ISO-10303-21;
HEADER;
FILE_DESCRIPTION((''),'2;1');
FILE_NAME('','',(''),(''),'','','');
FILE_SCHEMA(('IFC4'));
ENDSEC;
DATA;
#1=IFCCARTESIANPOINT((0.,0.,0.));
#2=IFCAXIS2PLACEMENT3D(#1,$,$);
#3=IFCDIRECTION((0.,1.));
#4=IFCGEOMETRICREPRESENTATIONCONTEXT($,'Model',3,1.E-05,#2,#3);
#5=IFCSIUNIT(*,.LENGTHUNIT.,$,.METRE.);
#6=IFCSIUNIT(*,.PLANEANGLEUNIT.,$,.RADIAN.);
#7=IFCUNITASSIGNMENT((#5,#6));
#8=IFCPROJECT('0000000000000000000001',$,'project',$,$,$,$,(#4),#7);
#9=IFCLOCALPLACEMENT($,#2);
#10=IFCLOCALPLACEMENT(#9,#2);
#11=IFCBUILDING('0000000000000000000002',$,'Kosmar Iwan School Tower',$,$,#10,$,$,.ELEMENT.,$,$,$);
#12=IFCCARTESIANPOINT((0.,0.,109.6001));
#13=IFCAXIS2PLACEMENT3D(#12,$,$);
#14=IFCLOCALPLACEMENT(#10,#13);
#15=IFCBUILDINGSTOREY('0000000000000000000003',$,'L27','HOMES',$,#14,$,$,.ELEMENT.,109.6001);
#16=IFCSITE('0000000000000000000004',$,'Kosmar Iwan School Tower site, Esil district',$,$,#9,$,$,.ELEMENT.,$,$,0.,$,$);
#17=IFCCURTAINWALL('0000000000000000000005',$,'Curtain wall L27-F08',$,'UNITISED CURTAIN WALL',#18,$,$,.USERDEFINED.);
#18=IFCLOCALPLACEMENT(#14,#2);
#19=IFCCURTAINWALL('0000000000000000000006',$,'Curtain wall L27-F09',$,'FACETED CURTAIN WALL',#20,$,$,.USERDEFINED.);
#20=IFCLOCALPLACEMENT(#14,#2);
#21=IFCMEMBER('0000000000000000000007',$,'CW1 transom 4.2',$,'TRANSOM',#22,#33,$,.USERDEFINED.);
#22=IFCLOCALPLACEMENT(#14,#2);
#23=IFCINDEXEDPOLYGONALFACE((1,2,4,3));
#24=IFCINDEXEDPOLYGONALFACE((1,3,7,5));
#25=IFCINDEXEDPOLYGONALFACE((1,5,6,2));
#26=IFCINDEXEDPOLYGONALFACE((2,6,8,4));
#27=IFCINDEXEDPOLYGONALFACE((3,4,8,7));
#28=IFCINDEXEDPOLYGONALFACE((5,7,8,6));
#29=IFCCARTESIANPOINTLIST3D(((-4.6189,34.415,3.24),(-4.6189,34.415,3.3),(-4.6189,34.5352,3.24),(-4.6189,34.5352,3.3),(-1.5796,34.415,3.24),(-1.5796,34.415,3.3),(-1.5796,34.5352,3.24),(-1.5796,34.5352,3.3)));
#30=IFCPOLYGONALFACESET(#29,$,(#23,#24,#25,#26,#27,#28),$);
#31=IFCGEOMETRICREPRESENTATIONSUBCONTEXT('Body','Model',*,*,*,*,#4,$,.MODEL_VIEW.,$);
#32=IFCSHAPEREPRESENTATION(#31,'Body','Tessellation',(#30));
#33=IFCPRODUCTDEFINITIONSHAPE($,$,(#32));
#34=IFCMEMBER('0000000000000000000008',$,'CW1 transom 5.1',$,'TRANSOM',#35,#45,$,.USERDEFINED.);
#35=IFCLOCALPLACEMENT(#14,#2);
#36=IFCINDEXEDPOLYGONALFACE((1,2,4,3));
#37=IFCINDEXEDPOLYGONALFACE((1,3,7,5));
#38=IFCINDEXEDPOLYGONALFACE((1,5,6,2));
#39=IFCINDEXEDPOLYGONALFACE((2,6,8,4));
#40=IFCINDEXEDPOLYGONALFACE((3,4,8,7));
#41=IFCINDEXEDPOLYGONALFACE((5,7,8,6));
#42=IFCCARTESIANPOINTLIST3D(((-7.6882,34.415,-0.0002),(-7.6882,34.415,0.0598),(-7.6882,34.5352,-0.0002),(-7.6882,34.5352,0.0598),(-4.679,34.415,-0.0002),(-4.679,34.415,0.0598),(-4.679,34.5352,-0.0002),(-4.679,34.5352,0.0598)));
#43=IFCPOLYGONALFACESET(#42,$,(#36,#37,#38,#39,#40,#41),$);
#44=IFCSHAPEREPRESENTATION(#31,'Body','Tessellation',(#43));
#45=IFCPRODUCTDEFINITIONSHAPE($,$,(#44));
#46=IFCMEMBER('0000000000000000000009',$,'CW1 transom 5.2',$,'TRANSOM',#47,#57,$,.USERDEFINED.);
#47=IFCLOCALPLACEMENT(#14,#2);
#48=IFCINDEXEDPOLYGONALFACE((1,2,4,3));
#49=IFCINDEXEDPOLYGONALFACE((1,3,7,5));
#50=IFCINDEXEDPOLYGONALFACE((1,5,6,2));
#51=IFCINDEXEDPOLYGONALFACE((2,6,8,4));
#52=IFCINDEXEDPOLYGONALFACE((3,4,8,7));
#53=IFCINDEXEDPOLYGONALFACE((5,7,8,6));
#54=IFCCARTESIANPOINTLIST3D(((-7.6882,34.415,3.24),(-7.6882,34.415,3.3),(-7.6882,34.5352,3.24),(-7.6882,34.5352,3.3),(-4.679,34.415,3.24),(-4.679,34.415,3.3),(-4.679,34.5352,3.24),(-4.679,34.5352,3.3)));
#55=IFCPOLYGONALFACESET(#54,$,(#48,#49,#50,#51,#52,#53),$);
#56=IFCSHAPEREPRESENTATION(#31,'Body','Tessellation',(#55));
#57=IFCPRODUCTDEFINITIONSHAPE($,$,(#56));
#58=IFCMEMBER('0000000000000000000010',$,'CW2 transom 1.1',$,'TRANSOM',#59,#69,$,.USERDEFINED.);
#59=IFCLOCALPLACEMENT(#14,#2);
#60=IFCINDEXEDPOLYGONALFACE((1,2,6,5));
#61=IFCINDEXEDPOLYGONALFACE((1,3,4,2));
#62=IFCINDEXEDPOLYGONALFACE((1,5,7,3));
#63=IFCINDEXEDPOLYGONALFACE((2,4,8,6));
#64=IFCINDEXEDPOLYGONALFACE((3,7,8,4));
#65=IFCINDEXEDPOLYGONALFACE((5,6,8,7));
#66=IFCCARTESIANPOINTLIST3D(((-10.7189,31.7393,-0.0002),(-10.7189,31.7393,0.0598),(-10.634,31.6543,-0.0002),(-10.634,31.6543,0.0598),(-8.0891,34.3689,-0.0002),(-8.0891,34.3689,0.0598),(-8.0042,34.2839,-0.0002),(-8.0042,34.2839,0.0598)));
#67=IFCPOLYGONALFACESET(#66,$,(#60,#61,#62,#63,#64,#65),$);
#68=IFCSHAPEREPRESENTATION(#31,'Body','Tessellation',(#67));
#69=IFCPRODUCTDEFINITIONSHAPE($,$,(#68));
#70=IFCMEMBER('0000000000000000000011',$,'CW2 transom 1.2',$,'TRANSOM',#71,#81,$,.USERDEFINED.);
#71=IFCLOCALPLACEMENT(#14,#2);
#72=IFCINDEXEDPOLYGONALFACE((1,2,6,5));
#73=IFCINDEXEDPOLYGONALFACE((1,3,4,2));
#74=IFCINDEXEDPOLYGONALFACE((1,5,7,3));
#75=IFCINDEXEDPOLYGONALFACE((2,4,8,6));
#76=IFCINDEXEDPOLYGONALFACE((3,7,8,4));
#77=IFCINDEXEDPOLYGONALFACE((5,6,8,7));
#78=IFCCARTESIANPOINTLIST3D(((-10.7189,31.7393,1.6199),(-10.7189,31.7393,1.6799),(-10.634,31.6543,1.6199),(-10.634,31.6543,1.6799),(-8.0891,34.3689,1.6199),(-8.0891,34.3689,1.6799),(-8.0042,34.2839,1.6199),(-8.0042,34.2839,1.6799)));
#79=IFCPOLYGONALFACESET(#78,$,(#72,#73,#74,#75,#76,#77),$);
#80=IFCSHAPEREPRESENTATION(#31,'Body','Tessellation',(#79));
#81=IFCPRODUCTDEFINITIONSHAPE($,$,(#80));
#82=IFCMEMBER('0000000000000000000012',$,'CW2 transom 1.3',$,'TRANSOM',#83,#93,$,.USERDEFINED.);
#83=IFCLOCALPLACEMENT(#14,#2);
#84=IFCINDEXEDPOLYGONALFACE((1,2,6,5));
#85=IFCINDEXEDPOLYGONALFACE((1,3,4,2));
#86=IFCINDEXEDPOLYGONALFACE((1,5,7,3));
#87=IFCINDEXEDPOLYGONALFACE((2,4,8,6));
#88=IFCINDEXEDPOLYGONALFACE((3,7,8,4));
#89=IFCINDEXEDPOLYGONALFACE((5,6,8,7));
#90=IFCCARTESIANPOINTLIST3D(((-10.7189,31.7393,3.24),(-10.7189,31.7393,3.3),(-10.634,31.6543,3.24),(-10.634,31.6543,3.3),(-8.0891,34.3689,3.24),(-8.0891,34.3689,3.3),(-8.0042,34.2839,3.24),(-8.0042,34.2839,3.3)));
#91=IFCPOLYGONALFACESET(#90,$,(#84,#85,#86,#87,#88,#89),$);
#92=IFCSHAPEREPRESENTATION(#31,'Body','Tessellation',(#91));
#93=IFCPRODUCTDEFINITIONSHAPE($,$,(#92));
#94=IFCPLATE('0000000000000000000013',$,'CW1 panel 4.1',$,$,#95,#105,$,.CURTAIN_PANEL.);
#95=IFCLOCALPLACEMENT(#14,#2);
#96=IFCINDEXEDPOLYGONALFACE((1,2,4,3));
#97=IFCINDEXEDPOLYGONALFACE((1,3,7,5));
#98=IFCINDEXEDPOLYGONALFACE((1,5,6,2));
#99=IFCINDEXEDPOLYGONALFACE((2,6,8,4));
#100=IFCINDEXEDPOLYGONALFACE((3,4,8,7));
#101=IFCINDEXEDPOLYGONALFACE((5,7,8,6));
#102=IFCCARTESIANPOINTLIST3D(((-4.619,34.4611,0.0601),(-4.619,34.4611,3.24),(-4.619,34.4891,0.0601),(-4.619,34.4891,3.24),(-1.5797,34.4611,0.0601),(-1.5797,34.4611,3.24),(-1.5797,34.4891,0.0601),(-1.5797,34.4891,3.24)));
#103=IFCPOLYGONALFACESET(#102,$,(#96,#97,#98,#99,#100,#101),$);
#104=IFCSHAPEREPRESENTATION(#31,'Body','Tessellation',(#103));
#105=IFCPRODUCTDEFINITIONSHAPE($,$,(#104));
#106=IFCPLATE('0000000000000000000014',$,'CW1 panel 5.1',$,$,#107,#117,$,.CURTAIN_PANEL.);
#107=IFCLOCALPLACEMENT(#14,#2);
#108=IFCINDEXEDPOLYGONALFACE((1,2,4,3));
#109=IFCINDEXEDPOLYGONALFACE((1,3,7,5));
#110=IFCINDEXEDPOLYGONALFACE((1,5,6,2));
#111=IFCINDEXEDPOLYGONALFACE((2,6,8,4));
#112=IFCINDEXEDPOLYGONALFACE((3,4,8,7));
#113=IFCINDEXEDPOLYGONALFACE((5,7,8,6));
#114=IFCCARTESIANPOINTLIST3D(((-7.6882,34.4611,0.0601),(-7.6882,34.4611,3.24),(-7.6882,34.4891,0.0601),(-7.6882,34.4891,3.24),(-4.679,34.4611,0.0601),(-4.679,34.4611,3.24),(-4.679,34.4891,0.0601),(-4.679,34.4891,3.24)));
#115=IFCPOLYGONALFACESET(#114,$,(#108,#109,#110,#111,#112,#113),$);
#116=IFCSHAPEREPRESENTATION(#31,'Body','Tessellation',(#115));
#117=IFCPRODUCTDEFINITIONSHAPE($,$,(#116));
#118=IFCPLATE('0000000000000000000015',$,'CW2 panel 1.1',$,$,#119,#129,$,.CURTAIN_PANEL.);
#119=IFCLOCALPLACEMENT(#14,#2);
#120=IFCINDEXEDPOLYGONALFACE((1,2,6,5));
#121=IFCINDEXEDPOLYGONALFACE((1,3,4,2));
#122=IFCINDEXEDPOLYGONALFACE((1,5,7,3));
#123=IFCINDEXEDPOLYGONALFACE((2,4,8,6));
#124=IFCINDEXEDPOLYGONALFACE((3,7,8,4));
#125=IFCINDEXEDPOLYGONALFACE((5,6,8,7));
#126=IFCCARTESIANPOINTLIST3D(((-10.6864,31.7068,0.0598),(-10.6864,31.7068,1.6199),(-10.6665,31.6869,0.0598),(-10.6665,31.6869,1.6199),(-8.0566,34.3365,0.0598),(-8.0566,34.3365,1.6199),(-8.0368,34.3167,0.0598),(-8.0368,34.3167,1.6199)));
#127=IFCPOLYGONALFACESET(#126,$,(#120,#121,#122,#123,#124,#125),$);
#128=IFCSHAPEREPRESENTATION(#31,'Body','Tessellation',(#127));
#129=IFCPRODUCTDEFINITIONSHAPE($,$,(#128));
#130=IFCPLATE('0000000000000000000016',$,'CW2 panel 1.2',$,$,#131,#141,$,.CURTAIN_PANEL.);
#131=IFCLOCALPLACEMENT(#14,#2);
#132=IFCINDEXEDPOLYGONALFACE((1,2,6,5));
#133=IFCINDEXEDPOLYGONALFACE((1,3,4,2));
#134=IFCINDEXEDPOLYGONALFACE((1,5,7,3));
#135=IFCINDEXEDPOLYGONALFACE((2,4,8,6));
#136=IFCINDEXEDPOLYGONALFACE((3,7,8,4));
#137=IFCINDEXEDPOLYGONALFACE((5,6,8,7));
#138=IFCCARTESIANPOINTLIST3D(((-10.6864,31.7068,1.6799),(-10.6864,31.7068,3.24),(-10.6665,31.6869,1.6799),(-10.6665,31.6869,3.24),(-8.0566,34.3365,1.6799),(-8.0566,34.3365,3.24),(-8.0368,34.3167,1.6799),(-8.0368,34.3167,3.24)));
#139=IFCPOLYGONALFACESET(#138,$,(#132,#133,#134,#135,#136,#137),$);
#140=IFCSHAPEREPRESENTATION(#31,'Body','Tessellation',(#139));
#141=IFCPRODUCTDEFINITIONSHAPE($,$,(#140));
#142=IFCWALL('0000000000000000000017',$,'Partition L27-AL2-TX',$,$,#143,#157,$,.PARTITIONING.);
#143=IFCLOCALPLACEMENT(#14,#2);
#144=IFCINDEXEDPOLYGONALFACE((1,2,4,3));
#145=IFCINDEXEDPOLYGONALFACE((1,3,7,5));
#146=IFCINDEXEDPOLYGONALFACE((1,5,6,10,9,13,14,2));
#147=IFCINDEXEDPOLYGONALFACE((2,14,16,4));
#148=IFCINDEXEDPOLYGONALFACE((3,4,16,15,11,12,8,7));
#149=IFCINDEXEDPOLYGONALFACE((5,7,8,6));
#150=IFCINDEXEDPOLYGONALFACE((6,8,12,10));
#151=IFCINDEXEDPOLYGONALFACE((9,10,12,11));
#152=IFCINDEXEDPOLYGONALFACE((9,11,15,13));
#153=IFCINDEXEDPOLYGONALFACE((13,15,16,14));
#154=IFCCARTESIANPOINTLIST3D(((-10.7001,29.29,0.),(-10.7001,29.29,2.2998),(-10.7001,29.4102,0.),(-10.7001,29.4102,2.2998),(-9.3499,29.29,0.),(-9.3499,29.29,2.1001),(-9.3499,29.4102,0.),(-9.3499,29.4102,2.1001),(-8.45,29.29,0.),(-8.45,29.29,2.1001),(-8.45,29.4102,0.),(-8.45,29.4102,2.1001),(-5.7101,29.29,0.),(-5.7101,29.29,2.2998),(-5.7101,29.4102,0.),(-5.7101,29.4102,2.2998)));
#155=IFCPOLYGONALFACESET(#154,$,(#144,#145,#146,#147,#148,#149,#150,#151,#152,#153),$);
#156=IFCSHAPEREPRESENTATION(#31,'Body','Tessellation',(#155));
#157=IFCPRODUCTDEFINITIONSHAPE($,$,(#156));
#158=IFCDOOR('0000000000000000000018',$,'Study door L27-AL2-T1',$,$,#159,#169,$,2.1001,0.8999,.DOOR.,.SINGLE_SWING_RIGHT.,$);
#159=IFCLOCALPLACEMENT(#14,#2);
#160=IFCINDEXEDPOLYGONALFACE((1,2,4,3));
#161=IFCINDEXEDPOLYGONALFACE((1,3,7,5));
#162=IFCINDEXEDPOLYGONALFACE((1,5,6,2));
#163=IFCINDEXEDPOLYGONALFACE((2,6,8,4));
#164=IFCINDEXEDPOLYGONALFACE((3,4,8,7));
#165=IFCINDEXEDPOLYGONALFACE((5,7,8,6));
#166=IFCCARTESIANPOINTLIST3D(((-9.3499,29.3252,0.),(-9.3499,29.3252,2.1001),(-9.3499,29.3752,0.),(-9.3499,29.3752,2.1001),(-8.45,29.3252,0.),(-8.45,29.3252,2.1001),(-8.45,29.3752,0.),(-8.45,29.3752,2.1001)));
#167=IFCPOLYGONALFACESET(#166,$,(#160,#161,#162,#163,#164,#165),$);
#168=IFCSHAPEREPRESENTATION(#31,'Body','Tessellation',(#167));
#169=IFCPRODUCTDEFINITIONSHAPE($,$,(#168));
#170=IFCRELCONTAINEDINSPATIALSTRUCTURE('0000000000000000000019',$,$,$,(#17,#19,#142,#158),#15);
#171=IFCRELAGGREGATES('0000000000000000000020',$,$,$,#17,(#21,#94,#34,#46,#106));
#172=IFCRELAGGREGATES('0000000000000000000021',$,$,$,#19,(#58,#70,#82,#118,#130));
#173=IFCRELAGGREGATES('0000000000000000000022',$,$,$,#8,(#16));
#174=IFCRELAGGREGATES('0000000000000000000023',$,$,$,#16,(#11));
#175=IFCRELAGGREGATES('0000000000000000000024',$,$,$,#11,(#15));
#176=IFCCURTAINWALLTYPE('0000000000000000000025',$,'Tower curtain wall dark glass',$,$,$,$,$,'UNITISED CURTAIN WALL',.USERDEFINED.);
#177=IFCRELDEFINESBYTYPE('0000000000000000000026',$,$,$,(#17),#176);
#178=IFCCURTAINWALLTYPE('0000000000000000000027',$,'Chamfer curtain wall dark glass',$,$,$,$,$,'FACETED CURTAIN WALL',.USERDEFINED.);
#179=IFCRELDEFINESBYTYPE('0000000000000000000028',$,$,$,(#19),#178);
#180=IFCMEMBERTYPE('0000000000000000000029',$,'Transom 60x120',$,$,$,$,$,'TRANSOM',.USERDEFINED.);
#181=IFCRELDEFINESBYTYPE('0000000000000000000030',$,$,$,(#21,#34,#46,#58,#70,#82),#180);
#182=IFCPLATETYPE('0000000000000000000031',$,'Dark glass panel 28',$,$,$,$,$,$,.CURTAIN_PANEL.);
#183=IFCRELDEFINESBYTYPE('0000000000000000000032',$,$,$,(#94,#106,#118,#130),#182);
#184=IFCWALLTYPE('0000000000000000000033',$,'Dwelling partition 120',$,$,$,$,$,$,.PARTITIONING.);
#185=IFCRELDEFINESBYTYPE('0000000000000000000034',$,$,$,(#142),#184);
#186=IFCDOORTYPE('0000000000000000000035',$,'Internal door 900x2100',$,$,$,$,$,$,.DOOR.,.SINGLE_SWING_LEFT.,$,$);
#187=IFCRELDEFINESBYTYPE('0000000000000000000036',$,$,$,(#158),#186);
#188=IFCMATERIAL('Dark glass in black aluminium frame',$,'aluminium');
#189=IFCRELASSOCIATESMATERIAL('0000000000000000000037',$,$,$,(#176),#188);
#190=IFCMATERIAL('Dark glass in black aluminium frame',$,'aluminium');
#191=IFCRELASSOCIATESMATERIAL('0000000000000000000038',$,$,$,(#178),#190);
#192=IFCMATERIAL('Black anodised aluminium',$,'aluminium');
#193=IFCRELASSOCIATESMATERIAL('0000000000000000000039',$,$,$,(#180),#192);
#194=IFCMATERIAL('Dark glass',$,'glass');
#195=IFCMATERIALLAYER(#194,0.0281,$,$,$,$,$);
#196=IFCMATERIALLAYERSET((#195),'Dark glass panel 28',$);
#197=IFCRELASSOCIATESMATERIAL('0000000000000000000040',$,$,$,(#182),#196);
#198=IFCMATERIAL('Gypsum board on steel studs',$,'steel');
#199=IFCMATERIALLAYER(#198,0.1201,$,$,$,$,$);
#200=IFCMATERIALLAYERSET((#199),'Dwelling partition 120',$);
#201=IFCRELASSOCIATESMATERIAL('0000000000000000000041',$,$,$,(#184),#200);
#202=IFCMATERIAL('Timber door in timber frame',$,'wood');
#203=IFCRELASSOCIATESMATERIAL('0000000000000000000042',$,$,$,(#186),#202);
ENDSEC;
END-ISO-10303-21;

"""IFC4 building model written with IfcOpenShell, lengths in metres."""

from ifc_helpers import new_model, si_unit, direction, frame, frame_2d, origin, origin_2d, place, context, subcontext, project, spatial, rectangle, extrude, material, layer, layer_set, material_profile, profile_set, type_object, element, fill, aggregate, save


model = new_model("IFC4")

# Units and contexts
model_context = context("Model", 3, precision=1e-05, world=origin(), true_north=direction((0.0, 1.0)))
body_context = subcontext(model_context, "Body", "Model", "MODEL_VIEW")
ifc_project = project(units=[si_unit("LENGTHUNIT", "METRE"), si_unit("PLANEANGLEUNIT", "RADIAN")], contexts=[model_context])

# Site, building, storey
site_placement = place(None, origin())
site = spatial("IfcSite", under=ifc_project, at=site_placement, Name="Kosmar Iwan School Tower site, Esil district", CompositionType="ELEMENT", RefElevation=0.0)
building_placement = place(site_placement, origin())
building = spatial("IfcBuilding", under=site, at=building_placement, Name="Kosmar Iwan School Tower", CompositionType="ELEMENT")
storey_placement = place(building_placement, frame((0.0, 0.0, 109.6001)))
storey = spatial("IfcBuildingStorey", under=building, at=storey_placement, Name="L27", Description="HOMES", CompositionType="ELEMENT", Elevation=109.6001)

# Curtain walls
ifc_material_1 = material(Name="Dark glass in black aluminium frame", Category="aluminium")
curtain_wall_type_1 = type_object("IfcCurtainWallType", Name="Tower curtain wall dark glass", ElementType="UNITISED CURTAIN WALL", PredefinedType="USERDEFINED", material=ifc_material_1)
curtain_wall_1_placement = place(storey_placement, origin())
curtain_wall_1 = element("IfcCurtainWall", 1, at=curtain_wall_1_placement, inside=storey, type_object=curtain_wall_type_1, Name="Curtain wall L27-F08", ObjectType="UNITISED CURTAIN WALL", PredefinedType="USERDEFINED")
ifc_material_2 = material(Name="Dark glass in black aluminium frame", Category="aluminium")
curtain_wall_type_2 = type_object("IfcCurtainWallType", Name="Chamfer curtain wall dark glass", ElementType="FACETED CURTAIN WALL", PredefinedType="USERDEFINED", material=ifc_material_2)
curtain_wall_2_placement = place(storey_placement, origin())
curtain_wall_2 = element("IfcCurtainWall", 2, at=curtain_wall_2_placement, inside=storey, type_object=curtain_wall_type_2, Name="Curtain wall L27-F09", ObjectType="FACETED CURTAIN WALL", PredefinedType="USERDEFINED")

# Members
ifc_material_3 = material(Name="Black anodised aluminium", Category="aluminium")
ifc_material_profile_1 = material_profile(ifc_material_3, rectangle(XDim=0.1201, YDim=0.0601, at=origin_2d()), Name="TRANSOM 60x120")
ifc_profile_set_1 = profile_set([ifc_material_profile_1], Name="Black anodised aluminium")
member_type_1 = type_object("IfcMemberType", Name="Transom 60x120", ElementType="TRANSOM", PredefinedType="USERDEFINED", material=ifc_profile_set_1)
member_1_placement = place(storey_placement, frame((-1.5796, 34.4751, 3.27), z_axis=(-1.0, 0.0, 0.0), x_axis=(0.0, -1.0, 0.0)))
member_1 = element("IfcMember", 3, at=member_1_placement, type_object=member_type_1, Name="CW1 transom 4.2", ObjectType="TRANSOM", PredefinedType="USERDEFINED", context=body_context, shape_type="SweptSolid", body=[
    extrude(rectangle(XDim=0.1201, YDim=0.0601, at=origin_2d()), origin(), (0.0, 0.0, 1.0), 3.0393),
])
member_2_placement = place(storey_placement, frame((-4.679, 34.4751, 0.0298), z_axis=(-1.0, 0.0, 0.0), x_axis=(0.0, -1.0, 0.0)))
member_2 = element("IfcMember", 4, at=member_2_placement, type_object=member_type_1, Name="CW1 transom 5.1", ObjectType="TRANSOM", PredefinedType="USERDEFINED", context=body_context, shape_type="SweptSolid", body=[
    extrude(rectangle(XDim=0.1201, YDim=0.0601, at=origin_2d()), origin(), (0.0, 0.0, 1.0), 3.0093),
])
member_3_placement = place(storey_placement, frame((-4.679, 34.4751, 3.27), z_axis=(-1.0, 0.0, 0.0), x_axis=(0.0, -1.0, 0.0)))
member_3 = element("IfcMember", 5, at=member_3_placement, type_object=member_type_1, Name="CW1 transom 5.2", ObjectType="TRANSOM", PredefinedType="USERDEFINED", context=body_context, shape_type="SweptSolid", body=[
    extrude(rectangle(XDim=0.1201, YDim=0.0601, at=origin_2d()), origin(), (0.0, 0.0, 1.0), 3.0093),
])
member_4_placement = place(storey_placement, frame((-8.0466, 34.3264, 0.0298), z_axis=(-0.70714, -0.707074, 0.0), x_axis=(0.707074, -0.70714, 0.0)))
member_4 = element("IfcMember", 6, at=member_4_placement, type_object=member_type_1, Name="CW2 transom 1.1", ObjectType="TRANSOM", PredefinedType="USERDEFINED", context=body_context, shape_type="SweptSolid", body=[
    extrude(rectangle(XDim=0.1201, YDim=0.0601, at=origin_2d()), origin(), (0.0, 0.0, 1.0), 3.719),
])
member_5_placement = place(storey_placement, frame((-8.0466, 34.3264, 1.6499), z_axis=(-0.70714, -0.707074, 0.0), x_axis=(0.707074, -0.70714, 0.0)))
member_5 = element("IfcMember", 7, at=member_5_placement, type_object=member_type_1, Name="CW2 transom 1.2", ObjectType="TRANSOM", PredefinedType="USERDEFINED", context=body_context, shape_type="SweptSolid", body=[
    extrude(rectangle(XDim=0.1201, YDim=0.0601, at=origin_2d()), origin(), (0.0, 0.0, 1.0), 3.719),
])
member_6_placement = place(storey_placement, frame((-8.0466, 34.3264, 3.27), z_axis=(-0.70714, -0.707074, 0.0), x_axis=(0.707074, -0.70714, 0.0)))
member_6 = element("IfcMember", 8, at=member_6_placement, type_object=member_type_1, Name="CW2 transom 1.3", ObjectType="TRANSOM", PredefinedType="USERDEFINED", context=body_context, shape_type="SweptSolid", body=[
    extrude(rectangle(XDim=0.1201, YDim=0.0601, at=origin_2d()), origin(), (0.0, 0.0, 1.0), 3.719),
])

# Plates
ifc_material_4 = material(Name="Dark glass", Category="glass")
ifc_layer_1 = layer(ifc_material_4, 0.0281)
ifc_layer_set_1 = layer_set([ifc_layer_1], Name="Dark glass panel 28")
plate_type = type_object("IfcPlateType", Name="Dark glass panel 28", PredefinedType="CURTAIN_PANEL", material=ifc_layer_set_1)
plate_1_placement = place(storey_placement, frame((-3.0994, 34.4751, 0.0601), z_axis=(0.0, 0.0, 1.0), x_axis=(-1.0, 0.0, 0.0)))
plate_1 = element("IfcPlate", 9, at=plate_1_placement, type_object=plate_type, Name="CW1 panel 4.1", PredefinedType="CURTAIN_PANEL", context=body_context, shape_type="SweptSolid", body=[
    extrude(rectangle(XDim=3.0393, YDim=0.0281, at=origin_2d()), origin(), (0.0, 0.0, 1.0), 3.1799),
])
plate_2_placement = place(storey_placement, frame((-6.1836, 34.4751, 0.0601), z_axis=(0.0, 0.0, 1.0), x_axis=(-1.0, 0.0, 0.0)))
plate_2 = element("IfcPlate", 10, at=plate_2_placement, type_object=plate_type, Name="CW1 panel 5.1", PredefinedType="CURTAIN_PANEL", context=body_context, shape_type="SweptSolid", body=[
    extrude(rectangle(XDim=3.0093, YDim=0.0281, at=origin_2d()), origin(), (0.0, 0.0, 1.0), 3.1799),
])
aggregate(curtain_wall_1, [member_1, plate_1, member_2, member_3, plate_2])
plate_3_placement = place(storey_placement, frame((-9.3616, 33.0117, 0.0598), z_axis=(0.0, 0.0, 1.0), x_axis=(-0.707107, -0.707107, 0.0)))
plate_3 = element("IfcPlate", 11, at=plate_3_placement, type_object=plate_type, Name="CW2 panel 1.1", PredefinedType="CURTAIN_PANEL", context=body_context, shape_type="SweptSolid", body=[
    extrude(rectangle(XDim=3.719, YDim=0.0281, at=origin_2d()), origin(), (0.0, 0.0, 1.0), 1.5601),
])
plate_4_placement = place(storey_placement, frame((-9.3616, 33.0117, 1.6799), z_axis=(0.0, 0.0, 1.0), x_axis=(-0.707107, -0.707107, 0.0)))
plate_4 = element("IfcPlate", 12, at=plate_4_placement, type_object=plate_type, Name="CW2 panel 1.2", PredefinedType="CURTAIN_PANEL", context=body_context, shape_type="SweptSolid", body=[
    extrude(rectangle(XDim=3.719, YDim=0.0281, at=origin_2d()), origin(), (0.0, 0.0, 1.0), 1.5601),
])
aggregate(curtain_wall_2, [member_4, member_5, member_6, plate_3, plate_4])

# Wall, opening, door
ifc_material_5 = material(Name="Gypsum board on steel studs", Category="steel")
ifc_layer_2 = layer(ifc_material_5, 0.1201)
ifc_layer_set_2 = layer_set([ifc_layer_2], Name="Dwelling partition 120")
wall_type_1 = type_object("IfcWallType", Name="Dwelling partition 120", PredefinedType="PARTITIONING", material=ifc_layer_set_2)
wall_1_placement = place(storey_placement, frame((-5.71, 29.3501, 0.0), z_axis=(0.0, 0.0, 1.0), x_axis=(-1.0, 0.0, 0.0)))
wall_1 = element("IfcWall", 13, at=wall_1_placement, inside=storey, type_object=wall_type_1, Name="Partition L27-AL2-TX", PredefinedType="PARTITIONING", context=body_context, shape_type="SweptSolid", body=[
    extrude(rectangle(XDim=4.99, YDim=0.1201, at=frame_2d((2.4951, 0.0))), origin(), (0.0, 0.0, 1.0), 2.2998),
])
opening_1_placement = place(wall_1_placement, frame((2.74, 0.0, 0.0)))
opening_1 = element("IfcOpeningElement", 14, at=opening_1_placement, cuts=wall_1, PredefinedType="OPENING", context=body_context, shape_type="SweptSolid", body=[
    extrude(rectangle(XDim=0.8999, YDim=2.1001, at=frame_2d((0.45, 1.05))), frame((0.0, 0.072, 0.0), z_axis=(0.0, -1.0, 0.0), x_axis=(1.0, 0.0, 0.0)), (0.0, 0.0, 1.0), 0.144),
])
ifc_material_6 = material(Name="Timber door in timber frame", Category="wood")
door_type_1 = type_object("IfcDoorType", Name="Internal door 900x2100", OperationType="SINGLE_SWING_LEFT", PredefinedType="DOOR", material=ifc_material_6)
door_1_placement = place(opening_1_placement, origin())
door_1 = element("IfcDoor", 15, at=door_1_placement, inside=storey, type_object=door_type_1, Name="Study door L27-AL2-T1", OperationType="SINGLE_SWING_RIGHT", OverallHeight=2.1001, OverallWidth=0.8999, PredefinedType="DOOR", context=body_context, shape_type="SweptSolid", body=[
    extrude(rectangle(XDim=0.8999, YDim=2.1001, at=frame_2d((0.45, 1.05))), frame((0.0, 0.0249, 0.0), z_axis=(0.0, -1.0, 0.0), x_axis=(1.0, 0.0, 0.0)), (0.0, 0.0, 1.0), 0.05),
])
fill(opening_1, door_1)

save(model, "model.ifc")
